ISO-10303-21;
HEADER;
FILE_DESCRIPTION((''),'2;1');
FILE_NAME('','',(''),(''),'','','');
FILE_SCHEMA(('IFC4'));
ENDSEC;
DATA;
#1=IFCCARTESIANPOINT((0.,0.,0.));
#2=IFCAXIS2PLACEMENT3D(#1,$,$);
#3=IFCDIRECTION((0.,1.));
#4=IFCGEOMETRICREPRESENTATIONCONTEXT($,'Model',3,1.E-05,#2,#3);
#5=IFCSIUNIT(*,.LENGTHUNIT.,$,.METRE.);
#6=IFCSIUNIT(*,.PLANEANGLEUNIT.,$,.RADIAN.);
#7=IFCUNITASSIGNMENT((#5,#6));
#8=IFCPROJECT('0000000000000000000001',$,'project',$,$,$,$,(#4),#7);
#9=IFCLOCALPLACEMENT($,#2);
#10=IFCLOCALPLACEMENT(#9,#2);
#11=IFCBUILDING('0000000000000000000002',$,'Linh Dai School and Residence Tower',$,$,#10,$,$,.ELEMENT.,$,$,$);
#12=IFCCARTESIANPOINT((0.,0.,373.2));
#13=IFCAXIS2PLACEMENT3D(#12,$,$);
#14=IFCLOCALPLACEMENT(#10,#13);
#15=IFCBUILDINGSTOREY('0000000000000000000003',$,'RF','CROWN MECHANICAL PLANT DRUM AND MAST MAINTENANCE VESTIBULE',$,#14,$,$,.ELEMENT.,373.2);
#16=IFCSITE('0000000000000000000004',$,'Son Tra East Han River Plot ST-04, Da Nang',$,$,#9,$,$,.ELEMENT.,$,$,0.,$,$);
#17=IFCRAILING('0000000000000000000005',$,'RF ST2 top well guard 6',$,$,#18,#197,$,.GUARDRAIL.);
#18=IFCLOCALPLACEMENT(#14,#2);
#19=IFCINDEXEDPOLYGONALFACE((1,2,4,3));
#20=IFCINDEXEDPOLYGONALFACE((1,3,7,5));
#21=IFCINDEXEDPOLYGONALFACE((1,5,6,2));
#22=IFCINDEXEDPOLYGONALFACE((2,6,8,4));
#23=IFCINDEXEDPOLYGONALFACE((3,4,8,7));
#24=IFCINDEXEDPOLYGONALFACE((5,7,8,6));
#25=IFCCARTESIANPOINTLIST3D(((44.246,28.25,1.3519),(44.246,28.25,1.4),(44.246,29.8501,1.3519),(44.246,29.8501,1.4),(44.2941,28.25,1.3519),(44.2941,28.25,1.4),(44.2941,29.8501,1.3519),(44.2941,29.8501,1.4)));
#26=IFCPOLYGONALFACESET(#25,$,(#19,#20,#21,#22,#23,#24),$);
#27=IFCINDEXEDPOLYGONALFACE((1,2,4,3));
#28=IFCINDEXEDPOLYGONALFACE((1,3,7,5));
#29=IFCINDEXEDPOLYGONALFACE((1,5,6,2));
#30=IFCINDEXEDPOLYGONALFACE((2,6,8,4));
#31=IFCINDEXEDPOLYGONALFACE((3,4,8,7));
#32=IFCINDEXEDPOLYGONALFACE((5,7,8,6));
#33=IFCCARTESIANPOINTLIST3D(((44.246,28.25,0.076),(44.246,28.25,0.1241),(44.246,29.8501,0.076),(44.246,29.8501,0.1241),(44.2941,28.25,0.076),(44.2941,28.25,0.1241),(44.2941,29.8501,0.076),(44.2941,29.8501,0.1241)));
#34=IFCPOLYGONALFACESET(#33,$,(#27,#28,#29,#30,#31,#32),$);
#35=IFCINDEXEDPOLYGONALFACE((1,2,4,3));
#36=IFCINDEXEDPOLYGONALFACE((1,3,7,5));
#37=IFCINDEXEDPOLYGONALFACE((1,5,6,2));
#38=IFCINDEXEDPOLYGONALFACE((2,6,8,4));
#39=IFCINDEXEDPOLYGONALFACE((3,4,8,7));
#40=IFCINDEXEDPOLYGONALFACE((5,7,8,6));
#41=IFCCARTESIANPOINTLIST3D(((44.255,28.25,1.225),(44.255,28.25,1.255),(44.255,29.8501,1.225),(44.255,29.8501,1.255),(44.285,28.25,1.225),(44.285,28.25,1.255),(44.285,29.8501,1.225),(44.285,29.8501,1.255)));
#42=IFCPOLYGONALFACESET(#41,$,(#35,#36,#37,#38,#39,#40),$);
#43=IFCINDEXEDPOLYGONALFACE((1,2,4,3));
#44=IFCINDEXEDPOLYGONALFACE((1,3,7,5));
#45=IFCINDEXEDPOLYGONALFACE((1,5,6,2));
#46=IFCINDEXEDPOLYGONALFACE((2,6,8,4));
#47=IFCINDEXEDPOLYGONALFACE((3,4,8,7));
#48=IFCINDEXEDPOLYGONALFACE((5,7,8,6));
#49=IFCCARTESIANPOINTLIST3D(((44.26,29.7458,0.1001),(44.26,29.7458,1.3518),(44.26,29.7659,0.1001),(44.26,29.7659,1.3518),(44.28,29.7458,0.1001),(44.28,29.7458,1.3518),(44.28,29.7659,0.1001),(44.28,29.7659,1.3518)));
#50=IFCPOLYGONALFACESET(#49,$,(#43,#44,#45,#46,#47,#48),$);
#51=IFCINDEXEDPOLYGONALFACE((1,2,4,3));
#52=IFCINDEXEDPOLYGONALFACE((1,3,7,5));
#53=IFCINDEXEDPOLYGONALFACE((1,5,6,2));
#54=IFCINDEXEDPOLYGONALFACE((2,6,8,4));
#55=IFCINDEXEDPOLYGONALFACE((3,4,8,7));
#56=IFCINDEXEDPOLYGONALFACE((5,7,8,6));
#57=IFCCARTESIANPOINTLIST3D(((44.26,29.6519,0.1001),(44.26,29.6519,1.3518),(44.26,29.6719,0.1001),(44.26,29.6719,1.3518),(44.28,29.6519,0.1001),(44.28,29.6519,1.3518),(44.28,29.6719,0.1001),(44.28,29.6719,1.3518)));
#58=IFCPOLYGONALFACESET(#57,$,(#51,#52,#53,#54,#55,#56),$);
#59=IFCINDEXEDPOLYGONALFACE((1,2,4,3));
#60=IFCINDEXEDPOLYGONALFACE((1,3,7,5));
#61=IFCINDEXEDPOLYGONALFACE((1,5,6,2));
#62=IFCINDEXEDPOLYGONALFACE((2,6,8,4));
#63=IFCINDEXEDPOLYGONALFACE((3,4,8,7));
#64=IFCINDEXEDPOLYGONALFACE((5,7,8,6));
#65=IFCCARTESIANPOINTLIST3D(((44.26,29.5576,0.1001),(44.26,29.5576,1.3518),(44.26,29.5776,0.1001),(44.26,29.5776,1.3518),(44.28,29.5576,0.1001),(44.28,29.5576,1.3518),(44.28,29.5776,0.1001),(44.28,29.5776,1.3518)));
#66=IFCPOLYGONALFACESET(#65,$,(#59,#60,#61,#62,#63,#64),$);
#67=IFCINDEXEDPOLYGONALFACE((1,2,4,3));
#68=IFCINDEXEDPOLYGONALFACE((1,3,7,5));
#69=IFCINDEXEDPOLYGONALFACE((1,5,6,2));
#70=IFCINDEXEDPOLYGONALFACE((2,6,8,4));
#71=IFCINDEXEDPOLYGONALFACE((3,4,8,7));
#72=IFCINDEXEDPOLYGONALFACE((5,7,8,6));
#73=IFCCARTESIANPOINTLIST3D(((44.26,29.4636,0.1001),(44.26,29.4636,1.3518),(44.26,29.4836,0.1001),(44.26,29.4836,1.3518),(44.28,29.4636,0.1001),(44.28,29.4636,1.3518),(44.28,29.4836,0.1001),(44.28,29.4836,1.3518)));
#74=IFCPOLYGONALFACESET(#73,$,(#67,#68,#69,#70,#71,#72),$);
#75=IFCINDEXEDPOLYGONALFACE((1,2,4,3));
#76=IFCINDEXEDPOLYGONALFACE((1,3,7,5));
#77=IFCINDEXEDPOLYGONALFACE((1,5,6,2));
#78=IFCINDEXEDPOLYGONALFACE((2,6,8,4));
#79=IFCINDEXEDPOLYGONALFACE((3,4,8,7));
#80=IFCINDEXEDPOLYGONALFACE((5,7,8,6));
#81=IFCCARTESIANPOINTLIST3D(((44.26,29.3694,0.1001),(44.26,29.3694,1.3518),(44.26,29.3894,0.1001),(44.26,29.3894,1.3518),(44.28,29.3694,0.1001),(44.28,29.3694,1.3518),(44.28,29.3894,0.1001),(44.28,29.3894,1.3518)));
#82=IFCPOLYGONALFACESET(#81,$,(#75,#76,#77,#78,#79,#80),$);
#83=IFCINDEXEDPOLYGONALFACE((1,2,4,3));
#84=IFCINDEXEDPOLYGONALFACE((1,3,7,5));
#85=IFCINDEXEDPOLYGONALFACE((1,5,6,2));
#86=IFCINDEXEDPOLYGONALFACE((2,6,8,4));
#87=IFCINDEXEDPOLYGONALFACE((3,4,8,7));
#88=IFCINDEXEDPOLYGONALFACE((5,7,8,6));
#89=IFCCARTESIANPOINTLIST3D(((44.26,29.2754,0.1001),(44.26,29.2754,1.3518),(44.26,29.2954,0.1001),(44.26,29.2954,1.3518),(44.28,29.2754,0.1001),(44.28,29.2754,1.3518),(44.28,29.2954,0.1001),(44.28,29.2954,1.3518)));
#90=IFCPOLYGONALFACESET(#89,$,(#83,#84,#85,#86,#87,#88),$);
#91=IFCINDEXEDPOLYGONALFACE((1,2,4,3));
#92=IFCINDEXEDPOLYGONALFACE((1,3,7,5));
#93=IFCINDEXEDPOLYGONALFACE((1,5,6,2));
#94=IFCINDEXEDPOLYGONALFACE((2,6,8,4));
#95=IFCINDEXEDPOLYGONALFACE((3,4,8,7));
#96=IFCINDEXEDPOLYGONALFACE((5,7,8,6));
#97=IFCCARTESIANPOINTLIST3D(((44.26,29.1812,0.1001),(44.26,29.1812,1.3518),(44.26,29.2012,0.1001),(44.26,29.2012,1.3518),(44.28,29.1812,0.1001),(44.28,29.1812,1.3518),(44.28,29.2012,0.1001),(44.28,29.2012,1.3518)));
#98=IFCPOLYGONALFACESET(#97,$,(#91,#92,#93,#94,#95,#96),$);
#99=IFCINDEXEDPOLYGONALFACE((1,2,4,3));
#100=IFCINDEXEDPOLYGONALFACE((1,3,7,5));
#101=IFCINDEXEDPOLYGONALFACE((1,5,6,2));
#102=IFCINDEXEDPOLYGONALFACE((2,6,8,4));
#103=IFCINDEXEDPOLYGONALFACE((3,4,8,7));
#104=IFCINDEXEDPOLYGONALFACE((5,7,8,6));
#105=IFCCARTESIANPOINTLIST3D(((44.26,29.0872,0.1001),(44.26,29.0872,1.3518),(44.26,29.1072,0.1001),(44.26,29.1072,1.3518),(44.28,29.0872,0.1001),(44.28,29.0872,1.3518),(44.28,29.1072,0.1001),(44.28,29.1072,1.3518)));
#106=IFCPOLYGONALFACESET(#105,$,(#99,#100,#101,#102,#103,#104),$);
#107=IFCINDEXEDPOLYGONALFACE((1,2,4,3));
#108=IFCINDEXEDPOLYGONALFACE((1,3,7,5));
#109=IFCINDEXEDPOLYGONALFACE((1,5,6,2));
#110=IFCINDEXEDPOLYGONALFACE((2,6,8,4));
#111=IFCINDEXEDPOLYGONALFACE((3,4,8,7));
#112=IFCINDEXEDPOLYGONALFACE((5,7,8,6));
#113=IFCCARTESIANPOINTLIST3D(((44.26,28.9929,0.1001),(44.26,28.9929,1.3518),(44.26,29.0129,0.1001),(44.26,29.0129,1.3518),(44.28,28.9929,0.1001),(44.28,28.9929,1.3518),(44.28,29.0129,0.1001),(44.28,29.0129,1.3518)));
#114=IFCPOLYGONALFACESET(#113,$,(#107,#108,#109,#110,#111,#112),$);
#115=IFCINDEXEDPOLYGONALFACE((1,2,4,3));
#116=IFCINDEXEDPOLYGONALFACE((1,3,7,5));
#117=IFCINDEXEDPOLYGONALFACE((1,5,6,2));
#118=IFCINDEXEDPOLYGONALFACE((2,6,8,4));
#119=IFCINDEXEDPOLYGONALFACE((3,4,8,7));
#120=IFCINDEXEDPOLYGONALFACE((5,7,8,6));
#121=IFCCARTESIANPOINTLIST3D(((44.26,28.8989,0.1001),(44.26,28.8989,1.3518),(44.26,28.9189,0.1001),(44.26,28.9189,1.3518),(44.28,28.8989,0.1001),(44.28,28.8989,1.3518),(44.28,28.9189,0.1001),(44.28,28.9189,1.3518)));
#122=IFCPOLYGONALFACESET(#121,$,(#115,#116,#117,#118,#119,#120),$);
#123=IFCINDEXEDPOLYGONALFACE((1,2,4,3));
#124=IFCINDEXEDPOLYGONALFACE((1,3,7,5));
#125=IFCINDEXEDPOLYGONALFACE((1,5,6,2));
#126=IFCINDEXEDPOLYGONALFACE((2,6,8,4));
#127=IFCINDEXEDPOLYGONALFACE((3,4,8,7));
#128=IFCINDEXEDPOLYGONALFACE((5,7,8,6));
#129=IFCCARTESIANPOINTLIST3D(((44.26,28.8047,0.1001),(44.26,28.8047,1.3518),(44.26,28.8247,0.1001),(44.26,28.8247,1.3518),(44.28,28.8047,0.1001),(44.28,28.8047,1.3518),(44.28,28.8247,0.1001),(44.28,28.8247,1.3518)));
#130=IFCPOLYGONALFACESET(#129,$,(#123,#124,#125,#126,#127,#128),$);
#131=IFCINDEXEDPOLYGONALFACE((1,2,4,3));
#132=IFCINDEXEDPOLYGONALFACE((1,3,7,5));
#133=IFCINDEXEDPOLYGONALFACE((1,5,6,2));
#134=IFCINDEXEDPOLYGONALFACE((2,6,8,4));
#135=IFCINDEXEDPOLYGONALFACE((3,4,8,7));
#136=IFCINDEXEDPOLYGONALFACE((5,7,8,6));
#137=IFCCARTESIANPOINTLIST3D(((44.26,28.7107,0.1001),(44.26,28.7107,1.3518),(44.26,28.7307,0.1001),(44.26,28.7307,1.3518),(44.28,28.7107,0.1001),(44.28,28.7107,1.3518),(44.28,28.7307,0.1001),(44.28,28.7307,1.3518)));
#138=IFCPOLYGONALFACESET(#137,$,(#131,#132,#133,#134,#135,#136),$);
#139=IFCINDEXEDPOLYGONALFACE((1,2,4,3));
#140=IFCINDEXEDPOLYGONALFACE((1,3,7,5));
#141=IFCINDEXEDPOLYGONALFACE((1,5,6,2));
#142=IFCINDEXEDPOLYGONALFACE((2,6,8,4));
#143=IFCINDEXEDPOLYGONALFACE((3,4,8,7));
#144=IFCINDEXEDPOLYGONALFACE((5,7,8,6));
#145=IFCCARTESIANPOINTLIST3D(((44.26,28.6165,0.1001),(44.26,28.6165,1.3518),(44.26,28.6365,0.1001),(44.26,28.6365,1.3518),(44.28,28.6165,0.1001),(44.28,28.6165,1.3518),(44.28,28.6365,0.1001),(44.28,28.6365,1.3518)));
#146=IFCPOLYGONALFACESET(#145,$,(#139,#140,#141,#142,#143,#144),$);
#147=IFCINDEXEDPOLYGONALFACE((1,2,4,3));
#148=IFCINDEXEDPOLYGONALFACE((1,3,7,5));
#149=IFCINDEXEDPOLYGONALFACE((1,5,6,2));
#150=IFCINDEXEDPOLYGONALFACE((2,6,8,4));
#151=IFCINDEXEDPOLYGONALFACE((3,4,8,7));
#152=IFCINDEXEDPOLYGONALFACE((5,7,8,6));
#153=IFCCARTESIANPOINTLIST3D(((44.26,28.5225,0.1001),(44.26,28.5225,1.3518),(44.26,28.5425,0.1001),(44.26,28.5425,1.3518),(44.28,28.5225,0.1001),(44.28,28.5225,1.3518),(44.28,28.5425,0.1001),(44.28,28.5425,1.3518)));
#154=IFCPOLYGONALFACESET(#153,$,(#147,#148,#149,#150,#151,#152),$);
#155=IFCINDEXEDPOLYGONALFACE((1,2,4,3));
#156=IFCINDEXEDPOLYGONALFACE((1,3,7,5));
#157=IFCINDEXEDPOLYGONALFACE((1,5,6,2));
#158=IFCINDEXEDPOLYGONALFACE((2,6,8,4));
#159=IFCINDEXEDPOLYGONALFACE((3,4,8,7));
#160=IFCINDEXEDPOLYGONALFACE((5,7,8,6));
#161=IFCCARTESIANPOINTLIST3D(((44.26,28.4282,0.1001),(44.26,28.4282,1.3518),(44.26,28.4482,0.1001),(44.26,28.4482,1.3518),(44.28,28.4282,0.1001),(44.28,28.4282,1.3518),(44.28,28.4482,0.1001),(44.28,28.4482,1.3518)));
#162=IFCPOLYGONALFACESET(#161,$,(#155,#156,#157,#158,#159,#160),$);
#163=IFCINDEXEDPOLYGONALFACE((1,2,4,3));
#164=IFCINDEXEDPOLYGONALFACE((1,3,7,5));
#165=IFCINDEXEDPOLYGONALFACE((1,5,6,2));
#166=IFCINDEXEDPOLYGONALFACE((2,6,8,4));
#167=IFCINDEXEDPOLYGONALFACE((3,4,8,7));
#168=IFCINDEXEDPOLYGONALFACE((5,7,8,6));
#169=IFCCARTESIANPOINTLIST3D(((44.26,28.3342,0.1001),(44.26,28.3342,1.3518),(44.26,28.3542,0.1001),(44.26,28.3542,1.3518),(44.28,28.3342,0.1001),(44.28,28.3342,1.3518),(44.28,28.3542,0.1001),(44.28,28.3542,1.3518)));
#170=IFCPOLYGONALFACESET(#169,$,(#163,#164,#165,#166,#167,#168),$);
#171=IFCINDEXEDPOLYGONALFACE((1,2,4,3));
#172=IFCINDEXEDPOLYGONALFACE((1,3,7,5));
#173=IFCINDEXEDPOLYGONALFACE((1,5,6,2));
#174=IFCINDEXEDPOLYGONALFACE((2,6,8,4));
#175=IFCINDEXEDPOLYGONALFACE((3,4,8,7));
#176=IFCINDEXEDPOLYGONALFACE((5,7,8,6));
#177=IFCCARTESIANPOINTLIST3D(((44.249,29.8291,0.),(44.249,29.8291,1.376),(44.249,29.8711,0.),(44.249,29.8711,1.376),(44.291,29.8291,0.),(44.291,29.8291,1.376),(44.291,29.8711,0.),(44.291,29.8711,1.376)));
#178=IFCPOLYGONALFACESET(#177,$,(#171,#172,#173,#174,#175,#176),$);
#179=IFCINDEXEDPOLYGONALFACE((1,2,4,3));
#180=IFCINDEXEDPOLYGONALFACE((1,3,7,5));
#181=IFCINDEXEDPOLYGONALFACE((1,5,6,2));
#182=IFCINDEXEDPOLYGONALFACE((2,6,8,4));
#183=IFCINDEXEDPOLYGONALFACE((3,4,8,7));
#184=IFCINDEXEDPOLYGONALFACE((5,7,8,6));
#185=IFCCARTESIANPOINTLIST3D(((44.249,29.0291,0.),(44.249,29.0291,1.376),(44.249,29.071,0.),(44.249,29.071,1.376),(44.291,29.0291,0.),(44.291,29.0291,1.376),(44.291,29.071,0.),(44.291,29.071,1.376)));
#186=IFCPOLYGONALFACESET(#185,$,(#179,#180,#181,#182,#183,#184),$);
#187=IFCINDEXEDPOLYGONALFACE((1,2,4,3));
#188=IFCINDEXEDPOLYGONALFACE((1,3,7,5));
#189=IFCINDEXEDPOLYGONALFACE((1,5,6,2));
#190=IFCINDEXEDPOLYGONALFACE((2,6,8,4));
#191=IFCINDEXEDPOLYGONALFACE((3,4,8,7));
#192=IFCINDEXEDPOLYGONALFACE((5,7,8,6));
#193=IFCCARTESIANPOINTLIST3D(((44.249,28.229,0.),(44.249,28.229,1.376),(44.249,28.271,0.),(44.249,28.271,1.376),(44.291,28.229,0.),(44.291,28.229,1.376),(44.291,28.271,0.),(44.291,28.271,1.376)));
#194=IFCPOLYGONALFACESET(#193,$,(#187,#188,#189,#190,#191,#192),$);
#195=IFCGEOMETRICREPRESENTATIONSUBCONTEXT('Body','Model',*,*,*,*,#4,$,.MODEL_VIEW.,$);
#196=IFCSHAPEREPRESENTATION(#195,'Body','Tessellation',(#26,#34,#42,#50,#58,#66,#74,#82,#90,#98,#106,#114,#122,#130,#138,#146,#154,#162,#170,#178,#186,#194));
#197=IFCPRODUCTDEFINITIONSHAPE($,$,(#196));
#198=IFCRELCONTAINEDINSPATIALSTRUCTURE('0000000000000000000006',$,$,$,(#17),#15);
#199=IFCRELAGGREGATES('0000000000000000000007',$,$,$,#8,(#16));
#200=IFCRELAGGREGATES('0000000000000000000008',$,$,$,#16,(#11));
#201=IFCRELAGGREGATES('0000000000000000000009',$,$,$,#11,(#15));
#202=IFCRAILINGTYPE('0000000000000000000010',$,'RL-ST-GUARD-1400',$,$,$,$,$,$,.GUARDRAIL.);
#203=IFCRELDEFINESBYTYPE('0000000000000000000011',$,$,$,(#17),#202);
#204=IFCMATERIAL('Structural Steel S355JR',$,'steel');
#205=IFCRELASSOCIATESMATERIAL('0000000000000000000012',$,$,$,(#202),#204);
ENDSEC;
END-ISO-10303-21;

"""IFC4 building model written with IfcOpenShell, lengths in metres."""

from ifc_helpers import new_model, si_unit, direction, frame, origin, origin_2d, place, context, subcontext, project, spatial, rectangle, extrude, source, transform, mapped, material, type_object, element, save


model = new_model("IFC4")

# Units and contexts
model_context = context("Model", 3, precision=1e-05, world=origin(), true_north=direction((0.0, 1.0)))
body_context = subcontext(model_context, "Body", "Model", "MODEL_VIEW")
ifc_project = project(units=[si_unit("LENGTHUNIT", "METRE"), si_unit("PLANEANGLEUNIT", "RADIAN")], contexts=[model_context])

# Site, building, storey
site_placement = place(None, origin())
site = spatial("IfcSite", under=ifc_project, at=site_placement, Name="Son Tra East Han River Plot ST-04, Da Nang", CompositionType="ELEMENT", RefElevation=0.0)
building_placement = place(site_placement, origin())
building = spatial("IfcBuilding", under=site, at=building_placement, Name="Linh Dai School and Residence Tower", CompositionType="ELEMENT")
storey_placement = place(building_placement, frame((0.0, 0.0, 373.2)))
storey = spatial("IfcBuildingStorey", under=building, at=storey_placement, Name="RF", Description="CROWN MECHANICAL PLANT DRUM AND MAST MAINTENANCE VESTIBULE", CompositionType="ELEMENT", Elevation=373.2)

# Shared definitions
ifc_material_1 = material(Name="Structural Steel S355JR", Category="steel")

# Railing
railing_type = type_object("IfcRailingType", Name="RL-ST-GUARD-1400", PredefinedType="GUARDRAIL", material=ifc_material_1)
shared_shape_1 = source(origin(), body_context, "Body", "SweptSolid", [
    extrude(rectangle(XDim=0.0481, YDim=0.0481, at=origin_2d()), frame((0.0, 0.0, 1.376), z_axis=(0.0, -1.0, 0.0), x_axis=(1.0, 0.0, 0.0)), (0.0, 0.0, 1.0), 1.6001),
    extrude(rectangle(XDim=0.0481, YDim=0.0481, at=origin_2d()), frame((0.0, 0.0, 0.1001), z_axis=(0.0, -1.0, 0.0), x_axis=(1.0, 0.0, 0.0)), (0.0, 0.0, 1.0), 1.6001),
    extrude(rectangle(XDim=0.03, YDim=0.03, at=origin_2d()), frame((0.0, 0.0, 1.24), z_axis=(0.0, -1.0, 0.0), x_axis=(1.0, 0.0, 0.0)), (0.0, 0.0, 1.0), 1.6001),
    extrude(rectangle(XDim=0.02, YDim=0.02, at=origin_2d()), frame((0.0, -0.0942, 0.1001)), (0.0, 0.0, 1.0), 1.2517),
    extrude(rectangle(XDim=0.02, YDim=0.02, at=origin_2d()), frame((0.0, -0.1882, 0.1001)), (0.0, 0.0, 1.0), 1.2517),
    extrude(rectangle(XDim=0.02, YDim=0.02, at=origin_2d()), frame((0.0, -0.2825, 0.1001)), (0.0, 0.0, 1.0), 1.2517),
    extrude(rectangle(XDim=0.02, YDim=0.02, at=origin_2d()), frame((0.0, -0.3765, 0.1001)), (0.0, 0.0, 1.0), 1.2517),
    extrude(rectangle(XDim=0.02, YDim=0.02, at=origin_2d()), frame((0.0, -0.4707, 0.1001)), (0.0, 0.0, 1.0), 1.2517),
    extrude(rectangle(XDim=0.02, YDim=0.02, at=origin_2d()), frame((0.0, -0.5647, 0.1001)), (0.0, 0.0, 1.0), 1.2517),
    extrude(rectangle(XDim=0.02, YDim=0.02, at=origin_2d()), frame((0.0, -0.6589, 0.1001)), (0.0, 0.0, 1.0), 1.2517),
    extrude(rectangle(XDim=0.02, YDim=0.02, at=origin_2d()), frame((0.0, -0.7529, 0.1001)), (0.0, 0.0, 1.0), 1.2517),
    extrude(rectangle(XDim=0.02, YDim=0.02, at=origin_2d()), frame((0.0, -0.8472, 0.1001)), (0.0, 0.0, 1.0), 1.2517),
    extrude(rectangle(XDim=0.02, YDim=0.02, at=origin_2d()), frame((0.0, -0.9412, 0.1001)), (0.0, 0.0, 1.0), 1.2517),
    extrude(rectangle(XDim=0.02, YDim=0.02, at=origin_2d()), frame((0.0, -1.0354, 0.1001)), (0.0, 0.0, 1.0), 1.2517),
    extrude(rectangle(XDim=0.02, YDim=0.02, at=origin_2d()), frame((0.0, -1.1294, 0.1001)), (0.0, 0.0, 1.0), 1.2517),
    extrude(rectangle(XDim=0.02, YDim=0.02, at=origin_2d()), frame((0.0, -1.2236, 0.1001)), (0.0, 0.0, 1.0), 1.2517),
    extrude(rectangle(XDim=0.02, YDim=0.02, at=origin_2d()), frame((0.0, -1.3176, 0.1001)), (0.0, 0.0, 1.0), 1.2517),
    extrude(rectangle(XDim=0.02, YDim=0.02, at=origin_2d()), frame((0.0, -1.4119, 0.1001)), (0.0, 0.0, 1.0), 1.2517),
    extrude(rectangle(XDim=0.02, YDim=0.02, at=origin_2d()), frame((0.0, -1.5059, 0.1001)), (0.0, 0.0, 1.0), 1.2517),
    extrude(rectangle(XDim=0.042, YDim=0.042, at=origin_2d()), origin(), (0.0, 0.0, 1.0), 1.376),
    extrude(rectangle(XDim=0.042, YDim=0.042, at=origin_2d()), frame((0.0, -0.8, 0.0)), (0.0, 0.0, 1.0), 1.376),
    extrude(rectangle(XDim=0.042, YDim=0.042, at=origin_2d()), frame((0.0, -1.6001, 0.0)), (0.0, 0.0, 1.0), 1.376),
])
for number, where, name in (
    (1, (44.27, 29.8501, 0.0), "RF ST2 top well guard 6"),
):
    element("IfcRailing", number, at=place(storey_placement, frame(where)), inside=storey, type_object=railing_type, Name=name, PredefinedType="GUARDRAIL", context=body_context, shape_type="MappedRepresentation", body=[
        mapped(shared_shape_1, transform((0.0, 0.0, 0.0), x_axis=(1.0, 0.0, 0.0), y_axis=(0.0, 1.0, 0.0), z_axis=(0.0, 0.0, 1.0), scale=1.0)),
    ])

save(model, "model.ifc")
